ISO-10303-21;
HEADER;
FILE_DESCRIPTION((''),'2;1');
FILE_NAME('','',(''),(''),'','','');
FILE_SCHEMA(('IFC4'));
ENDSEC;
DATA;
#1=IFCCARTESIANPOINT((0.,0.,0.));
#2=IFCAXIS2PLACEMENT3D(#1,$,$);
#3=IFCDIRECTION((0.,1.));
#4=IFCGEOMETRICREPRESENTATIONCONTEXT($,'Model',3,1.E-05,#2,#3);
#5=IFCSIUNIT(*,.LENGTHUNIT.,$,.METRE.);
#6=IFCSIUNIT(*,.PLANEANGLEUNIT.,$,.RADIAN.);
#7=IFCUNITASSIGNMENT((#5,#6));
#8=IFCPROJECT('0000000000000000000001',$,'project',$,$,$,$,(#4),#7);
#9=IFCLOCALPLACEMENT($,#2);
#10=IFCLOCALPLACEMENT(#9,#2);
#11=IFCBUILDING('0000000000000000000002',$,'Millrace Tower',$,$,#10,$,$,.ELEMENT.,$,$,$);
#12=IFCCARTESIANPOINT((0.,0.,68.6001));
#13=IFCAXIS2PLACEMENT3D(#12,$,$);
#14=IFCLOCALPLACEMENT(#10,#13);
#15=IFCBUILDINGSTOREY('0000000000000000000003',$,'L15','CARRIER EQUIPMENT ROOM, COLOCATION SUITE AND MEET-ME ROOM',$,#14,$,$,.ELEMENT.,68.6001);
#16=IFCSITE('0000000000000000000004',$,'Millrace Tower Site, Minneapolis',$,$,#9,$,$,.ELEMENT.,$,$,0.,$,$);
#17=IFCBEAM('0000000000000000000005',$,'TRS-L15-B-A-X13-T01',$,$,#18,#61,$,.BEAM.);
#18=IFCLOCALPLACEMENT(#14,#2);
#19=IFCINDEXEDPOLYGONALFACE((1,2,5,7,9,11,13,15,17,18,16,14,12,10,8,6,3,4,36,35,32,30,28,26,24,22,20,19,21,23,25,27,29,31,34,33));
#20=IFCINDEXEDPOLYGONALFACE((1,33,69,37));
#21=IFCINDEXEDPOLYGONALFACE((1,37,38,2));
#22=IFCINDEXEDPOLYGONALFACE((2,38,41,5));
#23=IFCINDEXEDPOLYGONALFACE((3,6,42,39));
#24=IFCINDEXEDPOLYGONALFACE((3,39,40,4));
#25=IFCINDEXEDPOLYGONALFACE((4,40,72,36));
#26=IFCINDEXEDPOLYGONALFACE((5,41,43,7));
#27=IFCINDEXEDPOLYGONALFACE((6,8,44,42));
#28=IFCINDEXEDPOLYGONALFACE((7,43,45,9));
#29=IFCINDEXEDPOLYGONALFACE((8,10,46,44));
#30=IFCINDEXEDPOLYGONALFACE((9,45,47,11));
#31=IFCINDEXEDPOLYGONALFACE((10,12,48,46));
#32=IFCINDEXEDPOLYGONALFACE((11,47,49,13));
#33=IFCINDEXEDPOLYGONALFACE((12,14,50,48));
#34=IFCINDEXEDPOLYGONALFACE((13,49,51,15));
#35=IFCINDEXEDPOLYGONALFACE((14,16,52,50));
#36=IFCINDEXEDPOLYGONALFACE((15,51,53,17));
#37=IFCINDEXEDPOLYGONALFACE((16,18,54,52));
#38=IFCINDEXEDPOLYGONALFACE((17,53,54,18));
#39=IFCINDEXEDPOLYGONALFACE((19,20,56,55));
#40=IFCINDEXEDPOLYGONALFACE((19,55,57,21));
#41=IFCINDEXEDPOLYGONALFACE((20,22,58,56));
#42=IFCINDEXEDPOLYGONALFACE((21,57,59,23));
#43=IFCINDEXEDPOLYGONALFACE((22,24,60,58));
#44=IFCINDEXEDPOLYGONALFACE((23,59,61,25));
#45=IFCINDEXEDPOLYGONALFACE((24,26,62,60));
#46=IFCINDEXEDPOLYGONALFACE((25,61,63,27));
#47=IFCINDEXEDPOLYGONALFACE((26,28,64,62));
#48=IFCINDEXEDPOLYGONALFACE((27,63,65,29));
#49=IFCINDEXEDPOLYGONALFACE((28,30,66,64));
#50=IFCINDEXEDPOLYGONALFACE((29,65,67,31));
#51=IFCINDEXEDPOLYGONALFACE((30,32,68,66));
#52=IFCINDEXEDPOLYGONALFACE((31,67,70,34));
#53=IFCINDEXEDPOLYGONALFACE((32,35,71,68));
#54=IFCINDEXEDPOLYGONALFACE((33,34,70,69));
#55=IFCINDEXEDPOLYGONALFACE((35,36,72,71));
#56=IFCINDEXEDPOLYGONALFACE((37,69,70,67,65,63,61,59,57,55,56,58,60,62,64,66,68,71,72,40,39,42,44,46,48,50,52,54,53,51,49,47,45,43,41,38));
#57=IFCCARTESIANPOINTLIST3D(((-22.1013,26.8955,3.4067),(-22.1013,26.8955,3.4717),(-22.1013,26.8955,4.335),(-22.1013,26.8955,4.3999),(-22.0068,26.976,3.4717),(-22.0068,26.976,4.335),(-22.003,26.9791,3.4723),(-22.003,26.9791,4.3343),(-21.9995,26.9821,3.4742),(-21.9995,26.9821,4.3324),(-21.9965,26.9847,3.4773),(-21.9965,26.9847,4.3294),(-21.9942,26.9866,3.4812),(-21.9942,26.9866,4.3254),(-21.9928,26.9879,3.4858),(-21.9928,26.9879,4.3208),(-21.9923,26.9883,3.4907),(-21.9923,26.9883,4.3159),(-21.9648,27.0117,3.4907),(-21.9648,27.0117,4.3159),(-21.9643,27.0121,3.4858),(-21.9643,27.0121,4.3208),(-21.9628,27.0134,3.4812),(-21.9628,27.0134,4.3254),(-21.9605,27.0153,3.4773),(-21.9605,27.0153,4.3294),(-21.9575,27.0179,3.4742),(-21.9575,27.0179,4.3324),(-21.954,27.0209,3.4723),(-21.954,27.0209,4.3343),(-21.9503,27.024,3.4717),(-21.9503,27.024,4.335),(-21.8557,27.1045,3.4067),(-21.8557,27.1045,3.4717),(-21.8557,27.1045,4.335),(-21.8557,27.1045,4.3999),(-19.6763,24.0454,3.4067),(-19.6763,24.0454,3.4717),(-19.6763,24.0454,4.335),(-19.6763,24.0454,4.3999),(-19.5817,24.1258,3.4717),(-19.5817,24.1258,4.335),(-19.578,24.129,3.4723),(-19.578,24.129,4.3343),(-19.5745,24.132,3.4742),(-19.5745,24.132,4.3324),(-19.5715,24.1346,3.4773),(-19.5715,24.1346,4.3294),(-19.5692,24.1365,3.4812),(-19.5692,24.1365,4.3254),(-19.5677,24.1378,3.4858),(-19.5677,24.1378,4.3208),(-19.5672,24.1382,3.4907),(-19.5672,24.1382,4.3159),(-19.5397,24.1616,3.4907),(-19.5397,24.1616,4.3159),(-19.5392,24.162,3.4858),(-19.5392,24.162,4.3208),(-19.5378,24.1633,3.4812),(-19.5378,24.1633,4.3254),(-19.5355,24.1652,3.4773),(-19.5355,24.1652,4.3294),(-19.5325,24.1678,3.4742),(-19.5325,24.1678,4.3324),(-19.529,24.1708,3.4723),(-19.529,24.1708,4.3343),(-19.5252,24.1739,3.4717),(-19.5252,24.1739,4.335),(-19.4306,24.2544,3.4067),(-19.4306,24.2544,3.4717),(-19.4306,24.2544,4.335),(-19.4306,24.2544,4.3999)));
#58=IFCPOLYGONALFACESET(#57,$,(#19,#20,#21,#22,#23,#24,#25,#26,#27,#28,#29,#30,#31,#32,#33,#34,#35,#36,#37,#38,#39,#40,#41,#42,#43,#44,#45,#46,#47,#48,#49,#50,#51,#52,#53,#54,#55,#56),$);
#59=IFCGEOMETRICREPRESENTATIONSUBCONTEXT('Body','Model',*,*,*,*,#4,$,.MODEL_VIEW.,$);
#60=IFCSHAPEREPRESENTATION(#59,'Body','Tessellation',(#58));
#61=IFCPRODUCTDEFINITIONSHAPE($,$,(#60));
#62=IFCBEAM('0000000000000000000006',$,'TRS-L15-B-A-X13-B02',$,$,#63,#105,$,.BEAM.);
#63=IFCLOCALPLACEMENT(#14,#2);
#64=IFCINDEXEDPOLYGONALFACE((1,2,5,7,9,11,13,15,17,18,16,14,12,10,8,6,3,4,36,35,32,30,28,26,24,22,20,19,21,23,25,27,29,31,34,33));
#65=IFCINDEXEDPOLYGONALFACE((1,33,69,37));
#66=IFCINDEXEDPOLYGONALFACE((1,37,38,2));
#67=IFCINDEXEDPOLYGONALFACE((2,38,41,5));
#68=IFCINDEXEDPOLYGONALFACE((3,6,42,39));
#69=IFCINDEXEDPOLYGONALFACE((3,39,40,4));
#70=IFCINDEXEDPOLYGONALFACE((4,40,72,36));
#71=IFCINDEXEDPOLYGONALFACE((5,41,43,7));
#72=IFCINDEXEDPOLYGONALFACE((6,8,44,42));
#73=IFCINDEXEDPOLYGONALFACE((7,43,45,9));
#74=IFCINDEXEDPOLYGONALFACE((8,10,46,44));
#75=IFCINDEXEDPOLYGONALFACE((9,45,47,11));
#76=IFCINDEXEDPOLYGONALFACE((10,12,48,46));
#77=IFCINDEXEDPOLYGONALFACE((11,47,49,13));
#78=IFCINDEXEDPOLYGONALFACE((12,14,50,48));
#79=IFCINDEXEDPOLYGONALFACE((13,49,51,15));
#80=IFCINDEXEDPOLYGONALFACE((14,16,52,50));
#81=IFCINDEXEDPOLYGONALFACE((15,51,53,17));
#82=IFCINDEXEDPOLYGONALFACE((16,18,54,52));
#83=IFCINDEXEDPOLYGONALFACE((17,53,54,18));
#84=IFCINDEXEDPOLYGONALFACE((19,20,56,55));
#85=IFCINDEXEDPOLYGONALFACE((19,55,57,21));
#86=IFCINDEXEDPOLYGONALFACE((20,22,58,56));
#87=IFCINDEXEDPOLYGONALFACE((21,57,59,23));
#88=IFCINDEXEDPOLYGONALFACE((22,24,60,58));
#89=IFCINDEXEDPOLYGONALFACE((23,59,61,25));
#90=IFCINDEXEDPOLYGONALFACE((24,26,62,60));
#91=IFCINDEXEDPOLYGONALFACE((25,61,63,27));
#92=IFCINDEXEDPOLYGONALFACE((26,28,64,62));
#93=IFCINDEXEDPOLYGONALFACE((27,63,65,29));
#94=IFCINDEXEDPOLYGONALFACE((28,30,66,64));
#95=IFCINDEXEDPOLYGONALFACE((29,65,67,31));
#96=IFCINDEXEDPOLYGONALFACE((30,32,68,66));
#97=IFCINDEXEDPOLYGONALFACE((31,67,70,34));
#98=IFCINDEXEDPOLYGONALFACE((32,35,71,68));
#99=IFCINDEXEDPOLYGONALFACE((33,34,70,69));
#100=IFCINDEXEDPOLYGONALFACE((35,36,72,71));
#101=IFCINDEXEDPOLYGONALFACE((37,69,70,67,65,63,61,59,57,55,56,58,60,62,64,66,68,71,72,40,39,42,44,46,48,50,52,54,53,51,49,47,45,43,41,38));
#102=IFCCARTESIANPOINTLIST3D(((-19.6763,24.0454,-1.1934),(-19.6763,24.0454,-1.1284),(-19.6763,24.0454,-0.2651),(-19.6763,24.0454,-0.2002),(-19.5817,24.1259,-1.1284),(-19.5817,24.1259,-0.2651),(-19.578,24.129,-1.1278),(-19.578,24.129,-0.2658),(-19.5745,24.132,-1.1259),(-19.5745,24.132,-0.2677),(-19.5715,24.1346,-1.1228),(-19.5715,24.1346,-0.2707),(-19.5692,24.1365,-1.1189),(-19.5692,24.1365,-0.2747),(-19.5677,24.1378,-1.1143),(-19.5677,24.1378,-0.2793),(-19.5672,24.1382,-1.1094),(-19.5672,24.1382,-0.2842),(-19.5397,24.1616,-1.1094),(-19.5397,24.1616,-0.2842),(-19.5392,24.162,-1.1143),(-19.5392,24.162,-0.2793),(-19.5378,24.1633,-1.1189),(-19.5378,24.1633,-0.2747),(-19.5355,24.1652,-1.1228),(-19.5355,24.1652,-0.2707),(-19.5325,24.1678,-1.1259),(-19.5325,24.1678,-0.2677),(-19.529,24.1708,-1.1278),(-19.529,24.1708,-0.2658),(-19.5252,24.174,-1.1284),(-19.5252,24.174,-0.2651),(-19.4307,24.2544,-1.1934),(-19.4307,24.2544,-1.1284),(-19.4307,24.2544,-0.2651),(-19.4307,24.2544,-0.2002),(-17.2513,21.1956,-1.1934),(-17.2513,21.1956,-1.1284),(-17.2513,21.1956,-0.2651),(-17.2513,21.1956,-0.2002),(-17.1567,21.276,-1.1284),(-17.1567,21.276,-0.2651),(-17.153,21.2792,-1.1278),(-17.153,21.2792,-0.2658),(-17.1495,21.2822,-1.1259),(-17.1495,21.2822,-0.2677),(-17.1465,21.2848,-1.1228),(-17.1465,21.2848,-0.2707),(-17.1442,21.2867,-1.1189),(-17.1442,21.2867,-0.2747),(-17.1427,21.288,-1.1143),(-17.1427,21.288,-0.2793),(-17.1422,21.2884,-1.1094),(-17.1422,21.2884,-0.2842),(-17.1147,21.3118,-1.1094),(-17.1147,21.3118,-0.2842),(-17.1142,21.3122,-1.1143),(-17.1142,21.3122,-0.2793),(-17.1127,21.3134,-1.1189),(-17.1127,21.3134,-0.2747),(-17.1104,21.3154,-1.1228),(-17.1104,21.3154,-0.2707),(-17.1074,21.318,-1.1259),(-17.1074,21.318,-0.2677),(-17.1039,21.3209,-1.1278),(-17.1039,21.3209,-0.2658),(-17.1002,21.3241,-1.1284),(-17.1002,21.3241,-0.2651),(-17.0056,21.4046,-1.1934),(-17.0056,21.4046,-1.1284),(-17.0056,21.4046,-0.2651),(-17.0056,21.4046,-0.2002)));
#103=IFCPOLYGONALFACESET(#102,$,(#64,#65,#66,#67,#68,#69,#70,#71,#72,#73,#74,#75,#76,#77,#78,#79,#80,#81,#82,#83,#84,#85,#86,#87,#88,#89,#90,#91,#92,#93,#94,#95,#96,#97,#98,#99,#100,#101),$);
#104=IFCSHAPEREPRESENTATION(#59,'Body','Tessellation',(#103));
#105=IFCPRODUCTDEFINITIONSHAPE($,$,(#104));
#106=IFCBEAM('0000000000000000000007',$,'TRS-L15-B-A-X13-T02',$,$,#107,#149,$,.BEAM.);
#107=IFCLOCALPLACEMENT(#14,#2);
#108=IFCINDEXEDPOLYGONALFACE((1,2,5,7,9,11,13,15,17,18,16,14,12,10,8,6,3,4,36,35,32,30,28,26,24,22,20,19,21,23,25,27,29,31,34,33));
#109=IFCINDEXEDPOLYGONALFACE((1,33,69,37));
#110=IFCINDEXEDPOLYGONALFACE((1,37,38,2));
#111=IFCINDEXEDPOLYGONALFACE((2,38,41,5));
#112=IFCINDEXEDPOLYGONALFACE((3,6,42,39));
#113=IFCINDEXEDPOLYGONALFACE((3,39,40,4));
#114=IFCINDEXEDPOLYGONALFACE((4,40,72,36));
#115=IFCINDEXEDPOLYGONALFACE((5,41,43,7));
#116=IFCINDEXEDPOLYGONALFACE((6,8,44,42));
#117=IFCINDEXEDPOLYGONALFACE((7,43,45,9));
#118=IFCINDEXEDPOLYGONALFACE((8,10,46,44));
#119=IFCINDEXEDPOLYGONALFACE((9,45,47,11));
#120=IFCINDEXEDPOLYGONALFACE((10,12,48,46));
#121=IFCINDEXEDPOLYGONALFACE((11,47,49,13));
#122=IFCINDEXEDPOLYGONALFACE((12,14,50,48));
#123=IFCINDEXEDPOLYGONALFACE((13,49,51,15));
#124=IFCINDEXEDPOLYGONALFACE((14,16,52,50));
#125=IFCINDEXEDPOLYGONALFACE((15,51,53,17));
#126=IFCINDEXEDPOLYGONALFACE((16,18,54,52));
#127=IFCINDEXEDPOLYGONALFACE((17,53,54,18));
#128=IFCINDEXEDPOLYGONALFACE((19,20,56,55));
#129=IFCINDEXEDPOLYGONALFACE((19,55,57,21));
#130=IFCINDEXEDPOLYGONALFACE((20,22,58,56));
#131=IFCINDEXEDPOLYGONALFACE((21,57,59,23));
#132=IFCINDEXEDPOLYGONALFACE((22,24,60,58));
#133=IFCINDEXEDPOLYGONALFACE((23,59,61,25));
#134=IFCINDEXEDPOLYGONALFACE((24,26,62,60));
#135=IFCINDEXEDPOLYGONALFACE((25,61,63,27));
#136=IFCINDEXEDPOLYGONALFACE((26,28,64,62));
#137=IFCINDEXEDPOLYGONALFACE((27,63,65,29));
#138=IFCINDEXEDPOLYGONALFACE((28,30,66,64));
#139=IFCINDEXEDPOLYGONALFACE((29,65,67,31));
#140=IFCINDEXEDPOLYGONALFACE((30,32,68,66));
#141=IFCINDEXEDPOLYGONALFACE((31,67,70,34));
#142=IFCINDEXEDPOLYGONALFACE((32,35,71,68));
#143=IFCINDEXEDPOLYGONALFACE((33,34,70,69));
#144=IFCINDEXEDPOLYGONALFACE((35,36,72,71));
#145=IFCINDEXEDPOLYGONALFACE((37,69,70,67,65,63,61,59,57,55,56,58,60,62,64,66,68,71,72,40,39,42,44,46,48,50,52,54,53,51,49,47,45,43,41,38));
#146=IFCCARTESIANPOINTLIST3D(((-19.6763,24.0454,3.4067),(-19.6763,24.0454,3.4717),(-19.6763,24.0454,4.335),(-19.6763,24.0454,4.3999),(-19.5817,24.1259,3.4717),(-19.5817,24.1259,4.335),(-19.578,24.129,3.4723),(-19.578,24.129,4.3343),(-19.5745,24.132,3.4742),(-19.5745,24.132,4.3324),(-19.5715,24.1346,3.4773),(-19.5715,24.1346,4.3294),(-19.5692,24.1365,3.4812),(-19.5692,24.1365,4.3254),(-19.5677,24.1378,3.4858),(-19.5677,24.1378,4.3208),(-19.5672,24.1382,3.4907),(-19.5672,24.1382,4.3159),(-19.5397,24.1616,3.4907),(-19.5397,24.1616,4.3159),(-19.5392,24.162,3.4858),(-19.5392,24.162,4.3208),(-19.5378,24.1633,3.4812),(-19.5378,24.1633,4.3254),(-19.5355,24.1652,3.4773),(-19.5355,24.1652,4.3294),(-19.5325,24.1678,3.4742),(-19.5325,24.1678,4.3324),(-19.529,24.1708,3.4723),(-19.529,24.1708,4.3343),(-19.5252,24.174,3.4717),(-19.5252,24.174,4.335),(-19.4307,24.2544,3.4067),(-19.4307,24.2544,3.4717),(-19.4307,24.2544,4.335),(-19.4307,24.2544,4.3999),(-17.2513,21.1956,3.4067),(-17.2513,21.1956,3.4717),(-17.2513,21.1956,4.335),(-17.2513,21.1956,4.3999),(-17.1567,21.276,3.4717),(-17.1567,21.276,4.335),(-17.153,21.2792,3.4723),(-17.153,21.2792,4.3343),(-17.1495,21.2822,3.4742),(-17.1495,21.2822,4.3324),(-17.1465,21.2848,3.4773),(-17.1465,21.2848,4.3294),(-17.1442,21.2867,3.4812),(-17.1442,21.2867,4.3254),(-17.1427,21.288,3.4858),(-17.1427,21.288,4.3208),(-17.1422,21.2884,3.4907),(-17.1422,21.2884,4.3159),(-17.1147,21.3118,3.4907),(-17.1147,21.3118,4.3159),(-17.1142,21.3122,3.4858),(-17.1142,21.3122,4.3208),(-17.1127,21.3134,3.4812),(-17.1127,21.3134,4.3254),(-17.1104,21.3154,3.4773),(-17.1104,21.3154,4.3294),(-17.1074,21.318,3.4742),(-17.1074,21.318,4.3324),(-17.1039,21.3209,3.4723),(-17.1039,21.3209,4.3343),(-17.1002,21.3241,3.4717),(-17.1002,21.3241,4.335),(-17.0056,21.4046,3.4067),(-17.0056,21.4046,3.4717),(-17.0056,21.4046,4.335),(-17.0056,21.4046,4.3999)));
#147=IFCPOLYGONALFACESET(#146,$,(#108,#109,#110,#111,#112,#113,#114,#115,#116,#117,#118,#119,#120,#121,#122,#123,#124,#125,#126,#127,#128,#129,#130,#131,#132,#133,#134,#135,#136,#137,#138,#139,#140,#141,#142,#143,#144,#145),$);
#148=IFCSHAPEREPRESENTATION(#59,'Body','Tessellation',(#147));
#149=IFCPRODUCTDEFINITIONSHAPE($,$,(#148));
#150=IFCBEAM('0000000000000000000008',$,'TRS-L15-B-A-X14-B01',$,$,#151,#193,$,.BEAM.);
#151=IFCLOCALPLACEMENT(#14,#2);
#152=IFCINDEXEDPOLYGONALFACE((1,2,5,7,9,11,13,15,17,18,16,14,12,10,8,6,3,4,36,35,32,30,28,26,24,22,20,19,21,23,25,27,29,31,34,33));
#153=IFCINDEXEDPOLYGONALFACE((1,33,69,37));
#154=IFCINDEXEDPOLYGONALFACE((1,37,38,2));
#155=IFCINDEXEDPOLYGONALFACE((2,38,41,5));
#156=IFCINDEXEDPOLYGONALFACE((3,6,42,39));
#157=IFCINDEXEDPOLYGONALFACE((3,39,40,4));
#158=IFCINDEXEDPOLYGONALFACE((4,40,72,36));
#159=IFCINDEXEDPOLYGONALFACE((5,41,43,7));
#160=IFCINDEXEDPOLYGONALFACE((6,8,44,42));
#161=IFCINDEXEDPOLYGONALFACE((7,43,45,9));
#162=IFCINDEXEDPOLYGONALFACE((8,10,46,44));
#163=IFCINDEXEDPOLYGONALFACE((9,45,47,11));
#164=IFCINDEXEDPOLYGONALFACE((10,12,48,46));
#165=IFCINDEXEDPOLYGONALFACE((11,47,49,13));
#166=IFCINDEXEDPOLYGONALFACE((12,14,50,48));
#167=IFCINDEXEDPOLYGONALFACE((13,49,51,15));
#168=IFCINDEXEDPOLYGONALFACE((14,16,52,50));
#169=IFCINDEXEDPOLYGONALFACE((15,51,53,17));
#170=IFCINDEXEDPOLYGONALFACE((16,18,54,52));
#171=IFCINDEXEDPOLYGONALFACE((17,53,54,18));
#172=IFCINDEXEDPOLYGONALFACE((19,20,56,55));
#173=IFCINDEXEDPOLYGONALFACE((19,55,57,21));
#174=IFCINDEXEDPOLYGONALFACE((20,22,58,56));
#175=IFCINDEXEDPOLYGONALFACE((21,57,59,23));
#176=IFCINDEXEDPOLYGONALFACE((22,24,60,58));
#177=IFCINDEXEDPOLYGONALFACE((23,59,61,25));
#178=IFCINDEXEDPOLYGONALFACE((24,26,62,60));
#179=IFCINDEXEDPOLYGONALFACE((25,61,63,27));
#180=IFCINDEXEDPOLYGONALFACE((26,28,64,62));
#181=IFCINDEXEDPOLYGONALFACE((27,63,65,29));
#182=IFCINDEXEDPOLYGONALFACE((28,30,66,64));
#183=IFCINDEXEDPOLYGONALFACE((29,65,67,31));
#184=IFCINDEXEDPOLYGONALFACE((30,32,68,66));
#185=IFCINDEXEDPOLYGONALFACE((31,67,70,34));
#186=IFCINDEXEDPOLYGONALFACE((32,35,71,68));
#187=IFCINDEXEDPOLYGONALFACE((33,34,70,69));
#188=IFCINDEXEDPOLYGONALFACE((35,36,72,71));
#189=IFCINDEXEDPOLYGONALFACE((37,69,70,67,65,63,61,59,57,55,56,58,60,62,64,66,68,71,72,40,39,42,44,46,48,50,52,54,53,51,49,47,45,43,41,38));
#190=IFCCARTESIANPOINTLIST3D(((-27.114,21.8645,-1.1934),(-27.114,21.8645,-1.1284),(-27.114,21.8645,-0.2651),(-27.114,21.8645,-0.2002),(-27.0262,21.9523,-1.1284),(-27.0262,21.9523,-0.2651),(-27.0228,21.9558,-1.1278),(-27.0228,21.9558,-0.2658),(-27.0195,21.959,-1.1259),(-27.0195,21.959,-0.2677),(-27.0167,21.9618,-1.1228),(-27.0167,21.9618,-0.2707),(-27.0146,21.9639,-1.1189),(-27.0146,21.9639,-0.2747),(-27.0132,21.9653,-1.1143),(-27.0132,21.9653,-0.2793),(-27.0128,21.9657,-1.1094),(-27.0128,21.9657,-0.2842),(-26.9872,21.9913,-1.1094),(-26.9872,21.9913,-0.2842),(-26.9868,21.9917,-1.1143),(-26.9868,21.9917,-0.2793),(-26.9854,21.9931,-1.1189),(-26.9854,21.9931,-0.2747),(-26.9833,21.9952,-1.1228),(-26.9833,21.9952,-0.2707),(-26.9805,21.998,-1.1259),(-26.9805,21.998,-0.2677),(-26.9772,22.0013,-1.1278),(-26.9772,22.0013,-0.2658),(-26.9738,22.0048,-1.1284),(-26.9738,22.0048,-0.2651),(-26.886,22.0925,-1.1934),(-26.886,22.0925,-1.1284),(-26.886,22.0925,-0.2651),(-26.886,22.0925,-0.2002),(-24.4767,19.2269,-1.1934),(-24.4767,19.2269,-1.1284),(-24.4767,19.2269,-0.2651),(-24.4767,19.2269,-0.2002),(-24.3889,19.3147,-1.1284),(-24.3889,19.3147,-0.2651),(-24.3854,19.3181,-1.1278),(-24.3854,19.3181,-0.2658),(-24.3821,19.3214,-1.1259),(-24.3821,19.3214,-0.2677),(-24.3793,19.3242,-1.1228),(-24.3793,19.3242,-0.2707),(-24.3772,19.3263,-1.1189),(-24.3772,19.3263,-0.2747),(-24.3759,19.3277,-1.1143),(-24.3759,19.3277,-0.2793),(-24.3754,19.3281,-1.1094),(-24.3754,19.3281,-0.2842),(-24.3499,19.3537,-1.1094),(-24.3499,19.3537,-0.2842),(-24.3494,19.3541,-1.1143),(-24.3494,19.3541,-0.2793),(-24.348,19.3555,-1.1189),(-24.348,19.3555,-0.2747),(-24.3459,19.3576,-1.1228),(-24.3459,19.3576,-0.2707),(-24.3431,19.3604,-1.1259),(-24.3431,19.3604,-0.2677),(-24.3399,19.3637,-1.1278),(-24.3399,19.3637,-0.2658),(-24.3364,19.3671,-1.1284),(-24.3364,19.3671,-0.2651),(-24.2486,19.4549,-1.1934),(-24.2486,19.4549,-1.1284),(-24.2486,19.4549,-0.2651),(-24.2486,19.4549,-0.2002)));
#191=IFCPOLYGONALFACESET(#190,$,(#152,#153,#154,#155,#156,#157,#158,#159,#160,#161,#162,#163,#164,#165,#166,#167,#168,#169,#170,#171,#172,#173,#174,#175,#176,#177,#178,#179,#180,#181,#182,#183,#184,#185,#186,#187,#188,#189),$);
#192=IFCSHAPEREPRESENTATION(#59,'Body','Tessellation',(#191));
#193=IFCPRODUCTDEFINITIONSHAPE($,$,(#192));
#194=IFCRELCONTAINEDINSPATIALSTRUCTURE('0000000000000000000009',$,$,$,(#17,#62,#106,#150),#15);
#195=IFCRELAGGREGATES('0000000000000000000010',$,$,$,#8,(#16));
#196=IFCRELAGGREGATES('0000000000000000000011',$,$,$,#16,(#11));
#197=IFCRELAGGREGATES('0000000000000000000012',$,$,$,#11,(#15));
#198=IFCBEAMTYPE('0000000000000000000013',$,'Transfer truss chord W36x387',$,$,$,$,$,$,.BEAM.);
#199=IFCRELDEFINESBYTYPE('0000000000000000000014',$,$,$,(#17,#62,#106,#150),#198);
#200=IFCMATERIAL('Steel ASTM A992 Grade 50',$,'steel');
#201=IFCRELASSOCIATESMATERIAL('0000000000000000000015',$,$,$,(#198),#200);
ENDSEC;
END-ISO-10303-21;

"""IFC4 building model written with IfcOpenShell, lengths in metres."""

from ifc_helpers import new_model, si_unit, direction, frame, origin, origin_2d, place, context, subcontext, project, spatial, i_section, extrude, material, material_profile, profile_set, type_object, element, save


model = new_model("IFC4")

# Units and contexts
model_context = context("Model", 3, precision=1e-05, world=origin(), true_north=direction((0.0, 1.0)))
body_context = subcontext(model_context, "Body", "Model", "MODEL_VIEW")
ifc_project = project(units=[si_unit("LENGTHUNIT", "METRE"), si_unit("PLANEANGLEUNIT", "RADIAN")], contexts=[model_context])

# Site, building, storey
site_placement = place(None, origin())
site = spatial("IfcSite", under=ifc_project, at=site_placement, Name="Millrace Tower Site, Minneapolis", CompositionType="ELEMENT", RefElevation=0.0)
building_placement = place(site_placement, origin())
building = spatial("IfcBuilding", under=site, at=building_placement, Name="Millrace Tower", CompositionType="ELEMENT")
storey_placement = place(building_placement, frame((0.0, 0.0, 68.6001)))
storey = spatial("IfcBuildingStorey", under=building, at=storey_placement, Name="L15", Description="CARRIER EQUIPMENT ROOM, COLOCATION SUITE AND MEET-ME ROOM", CompositionType="ELEMENT", Elevation=68.6001)

# Beams
ifc_material_1 = material(Name="Steel ASTM A992 Grade 50", Category="steel")
ifc_material_profile_1 = material_profile(ifc_material_1, i_section(OverallWidth=0.3225, OverallDepth=0.9932, WebThickness=0.0361, FlangeThickness=0.0649, FilletRadius=0.019, at=origin_2d()))
ifc_profile_set_1 = profile_set([ifc_material_profile_1], Name="Steel ASTM A992 Grade 50")
beam_type = type_object("IfcBeamType", Name="Transfer truss chord W36x387", PredefinedType="BEAM", material=ifc_profile_set_1)
for number, where, z_axis, x_axis, name in (
    (1, (-21.9785, 27.0, 3.9033), (0.648031, -0.761614, 0.0), (0.761614, 0.648031, 0.0), "TRS-L15-B-A-X13-T01"),
):
    element("IfcBeam", number, at=place(storey_placement, frame(where, z_axis=z_axis, x_axis=x_axis)), inside=storey, type_object=beam_type, Name=name, PredefinedType="BEAM", context=body_context, shape_type="SweptSolid", body=[
        extrude(i_section(OverallWidth=0.3225, OverallDepth=0.9932, WebThickness=0.0361, FlangeThickness=0.0649, FilletRadius=0.019, at=origin_2d()), origin(), (0.0, 0.0, 1.0), 3.7422),
    ])
for number, where, z_axis, x_axis, name in (
    (2, (-19.5535, 24.1499, -0.6968), (0.648063, -0.761587, 0.0), (0.761587, 0.648063, 0.0), "TRS-L15-B-A-X13-B02"),
    (3, (-19.5535, 24.1499, 3.9033), (0.648063, -0.761587, 0.0), (0.761587, 0.648063, 0.0), "TRS-L15-B-A-X13-T02"),
):
    element("IfcBeam", number, at=place(storey_placement, frame(where, z_axis=z_axis, x_axis=x_axis)), inside=storey, type_object=beam_type, Name=name, PredefinedType="BEAM", context=body_context, shape_type="SweptSolid", body=[
        extrude(i_section(OverallWidth=0.3225, OverallDepth=0.9932, WebThickness=0.0361, FlangeThickness=0.0649, FilletRadius=0.019, at=origin_2d()), origin(), (0.0, 0.0, 1.0), 3.7419),
    ])
for number, where, z_axis, x_axis, name in (
    (4, (-27.0, 21.9785, -0.6968), (0.707074, -0.70714, 0.0), (0.70714, 0.707074, 0.0), "TRS-L15-B-A-X14-B01"),
):
    element("IfcBeam", number, at=place(storey_placement, frame(where, z_axis=z_axis, x_axis=x_axis)), inside=storey, type_object=beam_type, Name=name, PredefinedType="BEAM", context=body_context, shape_type="SweptSolid", body=[
        extrude(i_section(OverallWidth=0.3225, OverallDepth=0.9932, WebThickness=0.0361, FlangeThickness=0.0649, FilletRadius=0.019, at=origin_2d()), origin(), (0.0, 0.0, 1.0), 3.73),
    ])

save(model, "model.ifc")
